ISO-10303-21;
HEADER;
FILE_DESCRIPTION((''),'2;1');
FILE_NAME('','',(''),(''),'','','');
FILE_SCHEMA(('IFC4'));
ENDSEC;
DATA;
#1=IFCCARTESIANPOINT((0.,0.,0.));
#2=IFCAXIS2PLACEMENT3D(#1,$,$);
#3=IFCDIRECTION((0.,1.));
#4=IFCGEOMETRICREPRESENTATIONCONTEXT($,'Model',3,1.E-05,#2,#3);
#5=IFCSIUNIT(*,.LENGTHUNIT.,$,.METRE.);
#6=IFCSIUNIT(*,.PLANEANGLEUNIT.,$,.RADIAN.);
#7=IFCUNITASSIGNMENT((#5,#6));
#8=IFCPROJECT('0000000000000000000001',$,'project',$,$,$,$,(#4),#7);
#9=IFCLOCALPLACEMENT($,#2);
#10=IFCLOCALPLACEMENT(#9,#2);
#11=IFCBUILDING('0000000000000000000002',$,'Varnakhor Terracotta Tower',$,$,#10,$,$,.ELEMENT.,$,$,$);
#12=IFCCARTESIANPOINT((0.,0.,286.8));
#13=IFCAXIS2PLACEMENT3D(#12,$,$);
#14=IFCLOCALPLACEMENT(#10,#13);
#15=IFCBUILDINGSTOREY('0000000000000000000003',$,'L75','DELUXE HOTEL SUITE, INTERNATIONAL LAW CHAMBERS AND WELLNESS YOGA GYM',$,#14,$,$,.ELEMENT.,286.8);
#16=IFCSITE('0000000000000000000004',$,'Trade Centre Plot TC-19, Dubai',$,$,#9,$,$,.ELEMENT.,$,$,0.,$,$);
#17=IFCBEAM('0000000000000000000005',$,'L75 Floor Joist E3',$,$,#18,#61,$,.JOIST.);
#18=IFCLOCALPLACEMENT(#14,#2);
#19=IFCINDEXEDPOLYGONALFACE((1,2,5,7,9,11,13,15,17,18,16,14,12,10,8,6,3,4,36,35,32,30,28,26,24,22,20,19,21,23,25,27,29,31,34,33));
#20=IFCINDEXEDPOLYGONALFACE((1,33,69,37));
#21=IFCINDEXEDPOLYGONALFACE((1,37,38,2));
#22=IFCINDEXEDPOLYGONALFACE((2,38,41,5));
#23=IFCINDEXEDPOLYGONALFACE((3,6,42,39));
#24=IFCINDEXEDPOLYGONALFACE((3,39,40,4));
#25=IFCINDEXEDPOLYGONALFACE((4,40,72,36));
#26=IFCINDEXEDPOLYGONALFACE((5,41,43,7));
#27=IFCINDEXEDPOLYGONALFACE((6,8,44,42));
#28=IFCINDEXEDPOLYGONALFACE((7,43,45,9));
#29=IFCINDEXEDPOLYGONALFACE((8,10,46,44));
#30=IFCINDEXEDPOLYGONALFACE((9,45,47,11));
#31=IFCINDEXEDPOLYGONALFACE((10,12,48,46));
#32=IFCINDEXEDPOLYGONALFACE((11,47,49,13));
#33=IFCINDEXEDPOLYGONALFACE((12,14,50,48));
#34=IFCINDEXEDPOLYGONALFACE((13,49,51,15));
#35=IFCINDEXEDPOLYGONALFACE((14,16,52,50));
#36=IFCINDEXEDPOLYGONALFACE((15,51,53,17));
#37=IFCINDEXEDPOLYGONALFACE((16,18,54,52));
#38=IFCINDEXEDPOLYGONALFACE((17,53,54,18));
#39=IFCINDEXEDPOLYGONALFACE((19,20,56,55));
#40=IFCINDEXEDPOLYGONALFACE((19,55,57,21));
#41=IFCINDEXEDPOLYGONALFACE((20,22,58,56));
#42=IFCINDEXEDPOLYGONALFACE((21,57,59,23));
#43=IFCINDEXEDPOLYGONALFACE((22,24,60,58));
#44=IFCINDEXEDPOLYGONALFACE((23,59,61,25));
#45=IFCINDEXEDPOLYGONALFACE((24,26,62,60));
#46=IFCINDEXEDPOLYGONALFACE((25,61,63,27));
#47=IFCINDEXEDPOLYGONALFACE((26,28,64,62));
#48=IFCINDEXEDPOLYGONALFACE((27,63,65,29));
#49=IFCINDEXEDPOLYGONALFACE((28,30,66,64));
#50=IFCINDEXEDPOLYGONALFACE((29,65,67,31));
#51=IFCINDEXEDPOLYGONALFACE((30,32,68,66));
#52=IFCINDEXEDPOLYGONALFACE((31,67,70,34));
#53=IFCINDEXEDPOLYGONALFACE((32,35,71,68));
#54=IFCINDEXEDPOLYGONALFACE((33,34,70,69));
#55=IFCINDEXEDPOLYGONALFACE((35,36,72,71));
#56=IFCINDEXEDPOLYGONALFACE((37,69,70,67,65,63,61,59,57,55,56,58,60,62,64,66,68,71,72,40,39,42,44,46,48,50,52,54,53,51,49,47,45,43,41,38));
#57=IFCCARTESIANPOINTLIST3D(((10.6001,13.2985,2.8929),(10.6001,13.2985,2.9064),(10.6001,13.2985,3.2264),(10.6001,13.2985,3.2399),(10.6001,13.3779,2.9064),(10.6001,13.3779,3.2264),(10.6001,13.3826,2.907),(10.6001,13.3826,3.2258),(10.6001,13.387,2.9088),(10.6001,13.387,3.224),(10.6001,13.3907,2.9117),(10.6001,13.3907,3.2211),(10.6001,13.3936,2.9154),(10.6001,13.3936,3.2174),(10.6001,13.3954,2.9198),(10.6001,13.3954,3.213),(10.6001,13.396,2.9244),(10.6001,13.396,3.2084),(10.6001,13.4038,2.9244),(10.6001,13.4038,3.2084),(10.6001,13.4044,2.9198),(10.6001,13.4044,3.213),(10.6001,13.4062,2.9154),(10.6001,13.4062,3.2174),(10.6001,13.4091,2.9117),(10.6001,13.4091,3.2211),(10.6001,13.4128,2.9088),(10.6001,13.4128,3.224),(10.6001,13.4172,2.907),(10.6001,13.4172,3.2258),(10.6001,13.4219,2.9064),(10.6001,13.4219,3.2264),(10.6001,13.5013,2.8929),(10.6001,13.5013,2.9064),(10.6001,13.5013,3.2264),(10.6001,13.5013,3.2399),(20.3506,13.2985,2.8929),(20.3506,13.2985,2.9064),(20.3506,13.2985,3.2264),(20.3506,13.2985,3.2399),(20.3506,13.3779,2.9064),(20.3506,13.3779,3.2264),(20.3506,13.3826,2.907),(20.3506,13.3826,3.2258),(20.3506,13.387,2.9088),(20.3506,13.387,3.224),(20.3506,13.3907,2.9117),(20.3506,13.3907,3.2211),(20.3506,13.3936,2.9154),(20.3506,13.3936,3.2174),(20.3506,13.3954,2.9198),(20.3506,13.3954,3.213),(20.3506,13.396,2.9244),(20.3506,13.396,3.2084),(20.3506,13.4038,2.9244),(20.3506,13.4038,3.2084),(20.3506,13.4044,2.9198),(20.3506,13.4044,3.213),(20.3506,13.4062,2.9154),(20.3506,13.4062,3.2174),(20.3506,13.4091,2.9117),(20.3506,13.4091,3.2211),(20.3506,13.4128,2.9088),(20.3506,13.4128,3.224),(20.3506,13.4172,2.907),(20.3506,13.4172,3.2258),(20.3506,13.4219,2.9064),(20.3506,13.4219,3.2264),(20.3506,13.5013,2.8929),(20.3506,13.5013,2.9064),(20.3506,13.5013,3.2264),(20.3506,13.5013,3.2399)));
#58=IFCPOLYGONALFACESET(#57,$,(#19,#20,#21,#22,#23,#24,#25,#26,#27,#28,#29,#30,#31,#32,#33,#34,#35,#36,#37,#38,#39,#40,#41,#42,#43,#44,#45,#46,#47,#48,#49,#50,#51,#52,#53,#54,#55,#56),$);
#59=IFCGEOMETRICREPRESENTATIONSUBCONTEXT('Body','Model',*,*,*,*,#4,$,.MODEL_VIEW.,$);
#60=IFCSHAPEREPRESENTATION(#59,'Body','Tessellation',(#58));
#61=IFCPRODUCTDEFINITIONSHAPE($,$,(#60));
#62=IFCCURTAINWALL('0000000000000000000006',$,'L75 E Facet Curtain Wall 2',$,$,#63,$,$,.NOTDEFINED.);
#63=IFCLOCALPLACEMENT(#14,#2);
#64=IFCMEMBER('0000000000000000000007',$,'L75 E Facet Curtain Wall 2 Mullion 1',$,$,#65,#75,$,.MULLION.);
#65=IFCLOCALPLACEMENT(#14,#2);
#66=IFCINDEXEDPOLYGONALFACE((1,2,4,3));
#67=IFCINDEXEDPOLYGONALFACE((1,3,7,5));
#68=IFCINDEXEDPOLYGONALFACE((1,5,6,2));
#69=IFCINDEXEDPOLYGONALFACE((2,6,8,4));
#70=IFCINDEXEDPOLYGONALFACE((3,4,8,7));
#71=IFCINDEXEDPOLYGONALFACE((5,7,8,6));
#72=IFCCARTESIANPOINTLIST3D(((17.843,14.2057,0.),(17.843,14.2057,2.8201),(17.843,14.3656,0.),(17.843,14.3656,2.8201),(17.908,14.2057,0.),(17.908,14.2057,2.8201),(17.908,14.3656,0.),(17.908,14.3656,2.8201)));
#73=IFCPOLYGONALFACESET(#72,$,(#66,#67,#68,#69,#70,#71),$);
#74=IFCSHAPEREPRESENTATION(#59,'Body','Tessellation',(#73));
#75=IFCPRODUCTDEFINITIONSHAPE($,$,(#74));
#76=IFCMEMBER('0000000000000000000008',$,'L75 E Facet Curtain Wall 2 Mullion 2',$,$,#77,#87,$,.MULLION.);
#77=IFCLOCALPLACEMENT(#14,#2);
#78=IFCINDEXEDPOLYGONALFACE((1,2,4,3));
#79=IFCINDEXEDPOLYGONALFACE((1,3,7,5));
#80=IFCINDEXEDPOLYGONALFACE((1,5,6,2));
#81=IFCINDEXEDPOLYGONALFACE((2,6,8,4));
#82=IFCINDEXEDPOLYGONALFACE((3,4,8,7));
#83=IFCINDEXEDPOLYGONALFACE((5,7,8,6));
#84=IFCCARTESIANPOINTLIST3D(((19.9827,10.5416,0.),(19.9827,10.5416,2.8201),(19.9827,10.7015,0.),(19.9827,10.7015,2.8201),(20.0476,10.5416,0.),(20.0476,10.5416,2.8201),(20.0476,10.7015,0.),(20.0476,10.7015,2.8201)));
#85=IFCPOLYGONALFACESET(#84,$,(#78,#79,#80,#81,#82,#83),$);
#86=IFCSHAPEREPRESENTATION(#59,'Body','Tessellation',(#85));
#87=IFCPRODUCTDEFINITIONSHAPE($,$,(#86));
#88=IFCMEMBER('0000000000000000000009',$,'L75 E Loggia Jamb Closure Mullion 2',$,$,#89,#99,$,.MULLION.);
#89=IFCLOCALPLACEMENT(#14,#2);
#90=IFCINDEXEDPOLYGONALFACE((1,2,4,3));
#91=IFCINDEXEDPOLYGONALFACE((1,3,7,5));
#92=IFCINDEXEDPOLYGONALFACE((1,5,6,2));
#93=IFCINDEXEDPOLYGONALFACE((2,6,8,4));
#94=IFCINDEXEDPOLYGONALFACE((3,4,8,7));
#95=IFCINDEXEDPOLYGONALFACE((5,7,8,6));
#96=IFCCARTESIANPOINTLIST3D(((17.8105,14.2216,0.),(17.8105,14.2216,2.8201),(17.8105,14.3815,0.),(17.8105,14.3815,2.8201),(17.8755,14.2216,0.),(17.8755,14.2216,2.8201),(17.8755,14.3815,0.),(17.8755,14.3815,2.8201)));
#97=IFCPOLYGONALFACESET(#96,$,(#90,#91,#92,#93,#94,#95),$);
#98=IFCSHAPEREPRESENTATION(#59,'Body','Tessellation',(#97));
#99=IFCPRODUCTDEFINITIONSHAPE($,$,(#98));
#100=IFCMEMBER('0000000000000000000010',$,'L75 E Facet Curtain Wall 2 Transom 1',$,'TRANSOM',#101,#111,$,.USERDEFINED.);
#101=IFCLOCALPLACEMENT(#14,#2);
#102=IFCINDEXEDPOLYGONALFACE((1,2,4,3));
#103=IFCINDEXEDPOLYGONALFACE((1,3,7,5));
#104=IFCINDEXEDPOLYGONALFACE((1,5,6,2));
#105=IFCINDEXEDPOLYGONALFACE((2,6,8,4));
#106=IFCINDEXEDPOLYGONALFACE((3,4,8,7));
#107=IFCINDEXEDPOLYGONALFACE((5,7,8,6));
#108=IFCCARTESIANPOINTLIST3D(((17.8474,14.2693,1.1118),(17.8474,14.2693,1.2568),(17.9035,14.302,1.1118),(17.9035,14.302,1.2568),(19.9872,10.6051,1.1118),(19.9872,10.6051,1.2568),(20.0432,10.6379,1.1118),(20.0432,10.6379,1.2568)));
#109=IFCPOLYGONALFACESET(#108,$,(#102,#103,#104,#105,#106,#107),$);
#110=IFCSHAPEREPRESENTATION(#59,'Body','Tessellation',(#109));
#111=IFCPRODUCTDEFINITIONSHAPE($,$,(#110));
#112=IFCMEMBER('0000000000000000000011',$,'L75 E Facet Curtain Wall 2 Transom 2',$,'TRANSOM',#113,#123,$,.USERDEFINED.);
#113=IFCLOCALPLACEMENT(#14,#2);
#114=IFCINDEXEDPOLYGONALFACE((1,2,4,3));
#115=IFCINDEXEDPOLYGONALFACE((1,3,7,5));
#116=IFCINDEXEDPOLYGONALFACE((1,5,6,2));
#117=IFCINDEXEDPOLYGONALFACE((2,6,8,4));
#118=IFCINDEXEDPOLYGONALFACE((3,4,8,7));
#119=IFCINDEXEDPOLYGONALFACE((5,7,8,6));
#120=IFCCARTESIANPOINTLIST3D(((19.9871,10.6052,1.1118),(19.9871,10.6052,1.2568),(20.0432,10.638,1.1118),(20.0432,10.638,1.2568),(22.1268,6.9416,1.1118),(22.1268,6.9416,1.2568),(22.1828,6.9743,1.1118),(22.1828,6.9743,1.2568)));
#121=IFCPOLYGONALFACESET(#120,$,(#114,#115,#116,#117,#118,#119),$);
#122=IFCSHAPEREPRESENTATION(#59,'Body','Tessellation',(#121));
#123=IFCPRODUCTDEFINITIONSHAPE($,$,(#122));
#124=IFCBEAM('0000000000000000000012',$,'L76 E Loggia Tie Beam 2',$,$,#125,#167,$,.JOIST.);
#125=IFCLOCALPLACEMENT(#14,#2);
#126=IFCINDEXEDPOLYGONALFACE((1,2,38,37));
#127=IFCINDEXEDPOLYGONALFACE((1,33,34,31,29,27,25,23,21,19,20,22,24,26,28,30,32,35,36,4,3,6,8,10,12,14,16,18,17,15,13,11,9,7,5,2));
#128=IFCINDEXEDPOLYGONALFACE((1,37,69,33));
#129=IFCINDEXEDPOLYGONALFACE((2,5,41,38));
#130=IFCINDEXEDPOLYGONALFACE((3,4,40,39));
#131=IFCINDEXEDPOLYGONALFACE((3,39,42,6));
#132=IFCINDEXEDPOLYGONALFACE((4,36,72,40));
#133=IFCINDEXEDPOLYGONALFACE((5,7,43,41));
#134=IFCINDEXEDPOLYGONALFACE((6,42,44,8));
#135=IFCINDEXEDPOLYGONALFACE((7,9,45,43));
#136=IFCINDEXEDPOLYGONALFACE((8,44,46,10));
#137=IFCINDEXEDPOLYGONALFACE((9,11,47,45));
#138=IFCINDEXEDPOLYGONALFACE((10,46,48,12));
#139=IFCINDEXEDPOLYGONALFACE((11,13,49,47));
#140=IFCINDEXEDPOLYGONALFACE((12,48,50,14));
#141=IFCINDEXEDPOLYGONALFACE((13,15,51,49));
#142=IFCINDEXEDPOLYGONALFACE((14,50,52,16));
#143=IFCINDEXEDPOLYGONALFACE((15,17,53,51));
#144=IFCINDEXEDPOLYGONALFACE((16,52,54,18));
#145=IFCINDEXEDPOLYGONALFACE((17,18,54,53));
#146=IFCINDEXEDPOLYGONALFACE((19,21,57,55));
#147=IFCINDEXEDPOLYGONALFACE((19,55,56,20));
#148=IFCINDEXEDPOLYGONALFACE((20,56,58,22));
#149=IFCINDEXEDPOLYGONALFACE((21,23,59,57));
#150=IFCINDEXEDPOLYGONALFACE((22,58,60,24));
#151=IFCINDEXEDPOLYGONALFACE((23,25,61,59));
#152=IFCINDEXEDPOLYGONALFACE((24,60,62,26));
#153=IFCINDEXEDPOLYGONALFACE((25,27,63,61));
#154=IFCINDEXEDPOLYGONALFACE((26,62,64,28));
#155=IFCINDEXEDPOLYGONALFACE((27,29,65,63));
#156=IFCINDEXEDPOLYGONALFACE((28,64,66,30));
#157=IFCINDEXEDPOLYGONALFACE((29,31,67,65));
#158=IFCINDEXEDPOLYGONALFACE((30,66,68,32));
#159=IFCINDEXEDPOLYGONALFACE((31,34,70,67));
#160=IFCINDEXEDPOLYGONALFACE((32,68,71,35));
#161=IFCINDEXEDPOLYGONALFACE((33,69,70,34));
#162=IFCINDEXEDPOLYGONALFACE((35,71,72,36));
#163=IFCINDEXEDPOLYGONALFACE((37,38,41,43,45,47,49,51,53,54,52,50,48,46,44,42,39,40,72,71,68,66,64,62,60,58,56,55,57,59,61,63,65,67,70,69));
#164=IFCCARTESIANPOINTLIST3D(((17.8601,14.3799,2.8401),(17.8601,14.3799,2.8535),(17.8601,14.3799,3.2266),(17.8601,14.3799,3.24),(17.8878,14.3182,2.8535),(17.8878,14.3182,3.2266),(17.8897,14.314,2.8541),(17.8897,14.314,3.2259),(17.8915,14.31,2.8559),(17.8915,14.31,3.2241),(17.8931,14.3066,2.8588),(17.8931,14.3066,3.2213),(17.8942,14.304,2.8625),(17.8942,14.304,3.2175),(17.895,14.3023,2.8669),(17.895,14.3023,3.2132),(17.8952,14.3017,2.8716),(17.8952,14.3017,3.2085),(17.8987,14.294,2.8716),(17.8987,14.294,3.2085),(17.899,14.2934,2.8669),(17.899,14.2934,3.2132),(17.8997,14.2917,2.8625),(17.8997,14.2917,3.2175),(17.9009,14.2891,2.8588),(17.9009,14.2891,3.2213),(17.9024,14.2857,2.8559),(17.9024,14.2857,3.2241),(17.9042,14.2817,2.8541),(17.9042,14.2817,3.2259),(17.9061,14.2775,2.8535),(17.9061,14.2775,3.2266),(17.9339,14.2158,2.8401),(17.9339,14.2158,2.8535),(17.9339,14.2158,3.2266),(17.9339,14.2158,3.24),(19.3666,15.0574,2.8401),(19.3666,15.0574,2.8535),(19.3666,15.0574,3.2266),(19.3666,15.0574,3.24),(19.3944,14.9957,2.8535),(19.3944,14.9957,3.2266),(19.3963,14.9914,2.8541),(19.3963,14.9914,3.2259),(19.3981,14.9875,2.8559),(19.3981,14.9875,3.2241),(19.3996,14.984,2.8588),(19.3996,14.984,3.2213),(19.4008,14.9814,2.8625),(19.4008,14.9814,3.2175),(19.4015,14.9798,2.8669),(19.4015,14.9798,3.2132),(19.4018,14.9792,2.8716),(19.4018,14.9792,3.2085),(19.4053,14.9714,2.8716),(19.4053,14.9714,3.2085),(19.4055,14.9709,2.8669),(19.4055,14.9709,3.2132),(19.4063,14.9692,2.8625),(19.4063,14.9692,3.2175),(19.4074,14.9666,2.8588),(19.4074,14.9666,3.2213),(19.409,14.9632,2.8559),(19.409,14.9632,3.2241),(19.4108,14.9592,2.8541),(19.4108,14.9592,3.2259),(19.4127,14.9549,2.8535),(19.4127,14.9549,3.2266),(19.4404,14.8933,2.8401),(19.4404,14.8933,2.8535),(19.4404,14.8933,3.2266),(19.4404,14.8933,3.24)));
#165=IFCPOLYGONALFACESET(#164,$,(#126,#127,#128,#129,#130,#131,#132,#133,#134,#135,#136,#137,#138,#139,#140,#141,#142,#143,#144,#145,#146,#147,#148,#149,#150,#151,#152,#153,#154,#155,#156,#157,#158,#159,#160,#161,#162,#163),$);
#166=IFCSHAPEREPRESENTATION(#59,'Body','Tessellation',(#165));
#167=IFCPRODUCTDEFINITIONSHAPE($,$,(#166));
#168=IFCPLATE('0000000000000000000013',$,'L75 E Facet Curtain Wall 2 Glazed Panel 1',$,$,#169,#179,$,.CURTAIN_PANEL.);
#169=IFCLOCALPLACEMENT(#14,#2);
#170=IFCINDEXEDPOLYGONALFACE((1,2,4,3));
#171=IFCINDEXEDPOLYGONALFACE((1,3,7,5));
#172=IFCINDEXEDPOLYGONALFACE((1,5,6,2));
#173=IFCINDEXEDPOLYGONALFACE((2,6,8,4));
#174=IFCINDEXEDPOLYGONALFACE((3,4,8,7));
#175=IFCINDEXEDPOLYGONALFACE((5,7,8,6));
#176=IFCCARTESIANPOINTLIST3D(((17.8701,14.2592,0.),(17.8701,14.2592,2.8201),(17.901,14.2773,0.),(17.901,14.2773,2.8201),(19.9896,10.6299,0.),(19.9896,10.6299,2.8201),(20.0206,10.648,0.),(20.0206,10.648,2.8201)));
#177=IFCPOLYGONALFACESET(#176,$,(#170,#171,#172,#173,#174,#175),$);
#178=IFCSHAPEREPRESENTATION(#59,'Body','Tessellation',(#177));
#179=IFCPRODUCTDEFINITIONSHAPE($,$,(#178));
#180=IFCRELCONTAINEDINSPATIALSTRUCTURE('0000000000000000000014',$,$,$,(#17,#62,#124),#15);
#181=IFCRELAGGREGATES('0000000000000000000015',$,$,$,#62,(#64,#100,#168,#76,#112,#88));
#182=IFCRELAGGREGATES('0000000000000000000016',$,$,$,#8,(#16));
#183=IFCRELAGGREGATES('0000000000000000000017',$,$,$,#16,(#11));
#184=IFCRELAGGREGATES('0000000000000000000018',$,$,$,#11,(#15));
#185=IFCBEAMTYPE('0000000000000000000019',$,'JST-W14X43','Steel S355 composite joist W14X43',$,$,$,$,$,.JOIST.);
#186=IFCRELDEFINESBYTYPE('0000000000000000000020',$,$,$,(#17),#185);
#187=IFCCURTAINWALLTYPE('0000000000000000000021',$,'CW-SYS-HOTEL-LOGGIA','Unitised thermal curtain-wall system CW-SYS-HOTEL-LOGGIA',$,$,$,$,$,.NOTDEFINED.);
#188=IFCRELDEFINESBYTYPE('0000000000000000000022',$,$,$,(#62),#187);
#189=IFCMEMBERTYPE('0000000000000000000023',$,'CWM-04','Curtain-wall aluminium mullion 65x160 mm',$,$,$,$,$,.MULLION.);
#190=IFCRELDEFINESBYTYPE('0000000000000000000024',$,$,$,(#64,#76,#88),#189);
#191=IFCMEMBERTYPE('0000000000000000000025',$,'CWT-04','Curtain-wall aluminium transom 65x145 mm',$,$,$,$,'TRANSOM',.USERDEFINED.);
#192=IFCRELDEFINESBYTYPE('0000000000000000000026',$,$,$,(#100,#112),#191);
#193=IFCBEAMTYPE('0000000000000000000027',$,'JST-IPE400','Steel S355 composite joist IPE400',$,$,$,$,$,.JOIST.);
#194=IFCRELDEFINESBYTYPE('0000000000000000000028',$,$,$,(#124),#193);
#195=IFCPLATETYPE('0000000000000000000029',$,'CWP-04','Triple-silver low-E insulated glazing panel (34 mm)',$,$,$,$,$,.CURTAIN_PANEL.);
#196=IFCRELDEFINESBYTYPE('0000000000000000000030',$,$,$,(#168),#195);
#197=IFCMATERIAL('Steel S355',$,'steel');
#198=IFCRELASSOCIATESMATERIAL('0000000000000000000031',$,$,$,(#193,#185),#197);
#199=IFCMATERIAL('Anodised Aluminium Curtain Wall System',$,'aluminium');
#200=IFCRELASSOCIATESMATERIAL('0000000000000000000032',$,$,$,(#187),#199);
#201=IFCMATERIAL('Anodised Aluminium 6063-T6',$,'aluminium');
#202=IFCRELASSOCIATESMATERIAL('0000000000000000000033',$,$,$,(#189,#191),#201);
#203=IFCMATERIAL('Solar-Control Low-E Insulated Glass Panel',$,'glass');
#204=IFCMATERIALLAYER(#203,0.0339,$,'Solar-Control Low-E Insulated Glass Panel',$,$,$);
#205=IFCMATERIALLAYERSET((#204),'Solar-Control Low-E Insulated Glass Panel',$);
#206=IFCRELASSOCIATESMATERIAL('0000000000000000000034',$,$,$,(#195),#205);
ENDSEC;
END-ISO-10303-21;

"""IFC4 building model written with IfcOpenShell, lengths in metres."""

from ifc_helpers import new_model, si_unit, direction, frame, origin, origin_2d, place, context, subcontext, project, spatial, rectangle, i_section, extrude, source, transform, mapped, material, layer, layer_set, material_profile, profile_set, type_object, type_shapes, element, aggregate, save


model = new_model("IFC4")

# Units and contexts
model_context = context("Model", 3, precision=1e-05, world=origin(), true_north=direction((0.0, 1.0)))
body_context = subcontext(model_context, "Body", "Model", "MODEL_VIEW")
ifc_project = project(units=[si_unit("LENGTHUNIT", "METRE"), si_unit("PLANEANGLEUNIT", "RADIAN")], contexts=[model_context])

# Site, building, storey
site_placement = place(None, origin())
site = spatial("IfcSite", under=ifc_project, at=site_placement, Name="Trade Centre Plot TC-19, Dubai", CompositionType="ELEMENT", RefElevation=0.0)
building_placement = place(site_placement, origin())
building = spatial("IfcBuilding", under=site, at=building_placement, Name="Varnakhor Terracotta Tower", CompositionType="ELEMENT")
storey_placement = place(building_placement, frame((0.0, 0.0, 286.8)))
storey = spatial("IfcBuildingStorey", under=building, at=storey_placement, Name="L75", Description="DELUXE HOTEL SUITE, INTERNATIONAL LAW CHAMBERS AND WELLNESS YOGA GYM", CompositionType="ELEMENT", Elevation=286.8)

# Beam
ifc_material_1 = material(Name="Steel S355", Category="steel")
ifc_material_profile_1 = material_profile(ifc_material_1, i_section(OverallWidth=0.1799, OverallDepth=0.3999, WebThickness=0.0085, FlangeThickness=0.0134, FilletRadius=0.0181, at=origin_2d()), Name="IPE400")
ifc_profile_set_1 = profile_set([ifc_material_profile_1], Name="Steel S355")
beam_type_1 = type_object("IfcBeamType", Name="JST-IPE400", Description="Steel S355 composite joist IPE400", PredefinedType="JOIST", material=ifc_profile_set_1)
ifc_material_profile_2 = material_profile(ifc_material_1, i_section(OverallWidth=0.2029, OverallDepth=0.3469, WebThickness=0.0078, FlangeThickness=0.0134, FilletRadius=0.0181, at=origin_2d()), Name="W14X43")
ifc_profile_set_2 = profile_set([ifc_material_profile_2], Name="Steel S355")
beam_type_2 = type_object("IfcBeamType", Name="JST-W14X43", Description="Steel S355 composite joist W14X43", PredefinedType="JOIST", material=ifc_profile_set_2)
shared_shape_1 = source(origin(), body_context, "Body", "SweptSolid", [
    extrude(i_section(OverallWidth=0.2029, OverallDepth=0.3469, WebThickness=0.0078, FlangeThickness=0.0134, FilletRadius=0.0181, at=origin_2d()), origin(), (0.0, 0.0, 1.0), 9.7505),
])
beam_1_placement = place(storey_placement, frame((10.6001, 13.3999, 3.0664), z_axis=(1.0, 0.0, 0.0), x_axis=(0.0, 1.0, 0.0)))
element("IfcBeam", 1, at=beam_1_placement, inside=storey, type_object=beam_type_2, Name="L75 Floor Joist E3", PredefinedType="JOIST", context=body_context, shape_type="MappedRepresentation", body=[
    mapped(shared_shape_1, transform((0.0, 0.0, 0.0), scale=1.0)),
])

# Curtain wall, members
ifc_material_2 = material(Name="Anodised Aluminium Curtain Wall System", Category="aluminium")
curtain_wall_type = type_object("IfcCurtainWallType", Name="CW-SYS-HOTEL-LOGGIA", Description="Unitised thermal curtain-wall system CW-SYS-HOTEL-LOGGIA", PredefinedType="NOTDEFINED", material=ifc_material_2)
curtain_wall_placement = place(storey_placement, origin())
curtain_wall = element("IfcCurtainWall", 2, at=curtain_wall_placement, inside=storey, type_object=curtain_wall_type, Name="L75 E Facet Curtain Wall 2", PredefinedType="NOTDEFINED")
ifc_material_3 = material(Name="Anodised Aluminium 6063-T6", Category="aluminium")
ifc_material_profile_3 = material_profile(ifc_material_3, rectangle(XDim=0.0649, YDim=0.1599, at=origin_2d()), Name="ALU MULLION 65x160")
ifc_profile_set_3 = profile_set([ifc_material_profile_3], Name="Anodised Aluminium 6063-T6")
member_type_1 = type_object("IfcMemberType", Name="CWM-04", Description="Curtain-wall aluminium mullion 65x160 mm", PredefinedType="MULLION", material=ifc_profile_set_3)
shared_shape_2 = source(origin(), body_context, "Body", "SweptSolid", [
    extrude(rectangle(XDim=0.0649, YDim=0.1599, at=origin_2d()), origin(), (0.0, 0.0, 1.0), 2.8201),
])
type_shapes(member_type_1, [shared_shape_2])
member_1_placement = place(storey_placement, frame((17.8755, 14.2856, 0.0), z_axis=(0.0, 0.0, 1.0), x_axis=(1.0, 0.0, 0.0)))
member_1 = element("IfcMember", 3, at=member_1_placement, type_object=member_type_1, Name="L75 E Facet Curtain Wall 2 Mullion 1", PredefinedType="MULLION", context=body_context, shape_type="MappedRepresentation", body=[
    mapped(shared_shape_2, transform((0.0, 0.0, 0.0), scale=1.0)),
])
member_2_placement = place(storey_placement, frame((20.0151, 10.6216, 0.0), z_axis=(0.0, 0.0, 1.0), x_axis=(1.0, 0.0, 0.0)))
member_2 = element("IfcMember", 4, at=member_2_placement, type_object=member_type_1, Name="L75 E Facet Curtain Wall 2 Mullion 2", PredefinedType="MULLION", context=body_context, shape_type="MappedRepresentation", body=[
    mapped(shared_shape_2, transform((0.0, 0.0, 0.0), scale=1.0)),
])
member_3_placement = place(storey_placement, frame((17.843, 14.3015, 0.0), z_axis=(0.0, 0.0, 1.0), x_axis=(1.0, 0.0, 0.0)))
member_3 = element("IfcMember", 5, at=member_3_placement, type_object=member_type_1, Name="L75 E Loggia Jamb Closure Mullion 2", PredefinedType="MULLION", context=body_context, shape_type="MappedRepresentation", body=[
    mapped(shared_shape_2, transform((0.0, 0.0, 0.0), scale=1.0)),
])
ifc_material_profile_4 = material_profile(ifc_material_3, rectangle(XDim=0.0649, YDim=0.145, at=origin_2d()), Name="ALU TRANSOM 65x145")
ifc_profile_set_4 = profile_set([ifc_material_profile_4], Name="Anodised Aluminium 6063-T6")
member_type_2 = type_object("IfcMemberType", Name="CWT-04", Description="Curtain-wall aluminium transom 65x145 mm", ElementType="TRANSOM", PredefinedType="USERDEFINED", material=ifc_profile_set_4)
shared_shape_3 = source(origin(), body_context, "Body", "SweptSolid", [
    extrude(rectangle(XDim=0.0649, YDim=0.145, at=origin_2d()), origin(), (0.0, 0.0, 1.0), 4.2432),
])
member_4_placement = place(storey_placement, frame((17.8755, 14.2856, 1.1843), z_axis=(0.504272, -0.863545, 0.0), x_axis=(0.863545, 0.504272, 0.0)))
member_4 = element("IfcMember", 6, at=member_4_placement, type_object=member_type_2, Name="L75 E Facet Curtain Wall 2 Transom 1", ObjectType="TRANSOM", PredefinedType="USERDEFINED", context=body_context, shape_type="MappedRepresentation", body=[
    mapped(shared_shape_3, transform((0.0, 0.0, 0.0), scale=1.0)),
])
shared_shape_4 = source(origin(), body_context, "Body", "SweptSolid", [
    extrude(rectangle(XDim=0.0649, YDim=0.145, at=origin_2d()), origin(), (0.0, 0.0, 1.0), 4.2427),
])
member_5_placement = place(storey_placement, frame((20.0151, 10.6216, 1.1843), z_axis=(0.504322, -0.863516, 0.0), x_axis=(0.863516, 0.504322, 0.0)))
member_5 = element("IfcMember", 7, at=member_5_placement, type_object=member_type_2, Name="L75 E Facet Curtain Wall 2 Transom 2", ObjectType="TRANSOM", PredefinedType="USERDEFINED", context=body_context, shape_type="MappedRepresentation", body=[
    mapped(shared_shape_4, transform((0.0, 0.0, 0.0), scale=1.0)),
])

# Beam
shared_shape_5 = source(origin(), body_context, "Body", "SweptSolid", [
    extrude(i_section(OverallWidth=0.1799, OverallDepth=0.3999, WebThickness=0.0085, FlangeThickness=0.0134, FilletRadius=0.0181, at=origin_2d()), origin(), (0.0, 0.0, 1.0), 1.6519),
])
beam_2_placement = place(storey_placement, frame((17.897, 14.2979, 3.04), z_axis=(0.912029, 0.410125, 0.0), x_axis=(-0.410125, 0.912029, 0.0)))
element("IfcBeam", 8, at=beam_2_placement, inside=storey, type_object=beam_type_1, Name="L76 E Loggia Tie Beam 2", PredefinedType="JOIST", context=body_context, shape_type="MappedRepresentation", body=[
    mapped(shared_shape_5, transform((0.0, 0.0, 0.0), scale=1.0)),
])

# Plate
ifc_material_4 = material(Name="Solar-Control Low-E Insulated Glass Panel", Category="glass")
ifc_layer_1 = layer(ifc_material_4, 0.0339, Name="Solar-Control Low-E Insulated Glass Panel")
ifc_layer_set_1 = layer_set([ifc_layer_1], Name="Solar-Control Low-E Insulated Glass Panel")
plate_type = type_object("IfcPlateType", Name="CWP-04", Description="Triple-silver low-E insulated glazing panel (34 mm)", PredefinedType="CURTAIN_PANEL", material=ifc_layer_set_1)
shared_shape_6 = source(origin(), body_context, "Body", "SweptSolid", [
    extrude(rectangle(XDim=4.2029, YDim=0.0359, at=origin_2d()), origin(), (0.0, 0.0, 1.0), 2.8201),
])
plate_1_placement = place(storey_placement, frame((18.9453, 12.4536, 0.0), z_axis=(0.0, 0.0, 1.0), x_axis=(0.504302, -0.863528, 0.0)))
plate_1 = element("IfcPlate", 9, at=plate_1_placement, type_object=plate_type, Name="L75 E Facet Curtain Wall 2 Glazed Panel 1", PredefinedType="CURTAIN_PANEL", context=body_context, shape_type="MappedRepresentation", body=[
    mapped(shared_shape_6, transform((0.0, 0.0, 0.0), scale=1.0)),
])
aggregate(curtain_wall, [member_1, member_4, plate_1, member_2, member_5, member_3])

save(model, "model.ifc")
